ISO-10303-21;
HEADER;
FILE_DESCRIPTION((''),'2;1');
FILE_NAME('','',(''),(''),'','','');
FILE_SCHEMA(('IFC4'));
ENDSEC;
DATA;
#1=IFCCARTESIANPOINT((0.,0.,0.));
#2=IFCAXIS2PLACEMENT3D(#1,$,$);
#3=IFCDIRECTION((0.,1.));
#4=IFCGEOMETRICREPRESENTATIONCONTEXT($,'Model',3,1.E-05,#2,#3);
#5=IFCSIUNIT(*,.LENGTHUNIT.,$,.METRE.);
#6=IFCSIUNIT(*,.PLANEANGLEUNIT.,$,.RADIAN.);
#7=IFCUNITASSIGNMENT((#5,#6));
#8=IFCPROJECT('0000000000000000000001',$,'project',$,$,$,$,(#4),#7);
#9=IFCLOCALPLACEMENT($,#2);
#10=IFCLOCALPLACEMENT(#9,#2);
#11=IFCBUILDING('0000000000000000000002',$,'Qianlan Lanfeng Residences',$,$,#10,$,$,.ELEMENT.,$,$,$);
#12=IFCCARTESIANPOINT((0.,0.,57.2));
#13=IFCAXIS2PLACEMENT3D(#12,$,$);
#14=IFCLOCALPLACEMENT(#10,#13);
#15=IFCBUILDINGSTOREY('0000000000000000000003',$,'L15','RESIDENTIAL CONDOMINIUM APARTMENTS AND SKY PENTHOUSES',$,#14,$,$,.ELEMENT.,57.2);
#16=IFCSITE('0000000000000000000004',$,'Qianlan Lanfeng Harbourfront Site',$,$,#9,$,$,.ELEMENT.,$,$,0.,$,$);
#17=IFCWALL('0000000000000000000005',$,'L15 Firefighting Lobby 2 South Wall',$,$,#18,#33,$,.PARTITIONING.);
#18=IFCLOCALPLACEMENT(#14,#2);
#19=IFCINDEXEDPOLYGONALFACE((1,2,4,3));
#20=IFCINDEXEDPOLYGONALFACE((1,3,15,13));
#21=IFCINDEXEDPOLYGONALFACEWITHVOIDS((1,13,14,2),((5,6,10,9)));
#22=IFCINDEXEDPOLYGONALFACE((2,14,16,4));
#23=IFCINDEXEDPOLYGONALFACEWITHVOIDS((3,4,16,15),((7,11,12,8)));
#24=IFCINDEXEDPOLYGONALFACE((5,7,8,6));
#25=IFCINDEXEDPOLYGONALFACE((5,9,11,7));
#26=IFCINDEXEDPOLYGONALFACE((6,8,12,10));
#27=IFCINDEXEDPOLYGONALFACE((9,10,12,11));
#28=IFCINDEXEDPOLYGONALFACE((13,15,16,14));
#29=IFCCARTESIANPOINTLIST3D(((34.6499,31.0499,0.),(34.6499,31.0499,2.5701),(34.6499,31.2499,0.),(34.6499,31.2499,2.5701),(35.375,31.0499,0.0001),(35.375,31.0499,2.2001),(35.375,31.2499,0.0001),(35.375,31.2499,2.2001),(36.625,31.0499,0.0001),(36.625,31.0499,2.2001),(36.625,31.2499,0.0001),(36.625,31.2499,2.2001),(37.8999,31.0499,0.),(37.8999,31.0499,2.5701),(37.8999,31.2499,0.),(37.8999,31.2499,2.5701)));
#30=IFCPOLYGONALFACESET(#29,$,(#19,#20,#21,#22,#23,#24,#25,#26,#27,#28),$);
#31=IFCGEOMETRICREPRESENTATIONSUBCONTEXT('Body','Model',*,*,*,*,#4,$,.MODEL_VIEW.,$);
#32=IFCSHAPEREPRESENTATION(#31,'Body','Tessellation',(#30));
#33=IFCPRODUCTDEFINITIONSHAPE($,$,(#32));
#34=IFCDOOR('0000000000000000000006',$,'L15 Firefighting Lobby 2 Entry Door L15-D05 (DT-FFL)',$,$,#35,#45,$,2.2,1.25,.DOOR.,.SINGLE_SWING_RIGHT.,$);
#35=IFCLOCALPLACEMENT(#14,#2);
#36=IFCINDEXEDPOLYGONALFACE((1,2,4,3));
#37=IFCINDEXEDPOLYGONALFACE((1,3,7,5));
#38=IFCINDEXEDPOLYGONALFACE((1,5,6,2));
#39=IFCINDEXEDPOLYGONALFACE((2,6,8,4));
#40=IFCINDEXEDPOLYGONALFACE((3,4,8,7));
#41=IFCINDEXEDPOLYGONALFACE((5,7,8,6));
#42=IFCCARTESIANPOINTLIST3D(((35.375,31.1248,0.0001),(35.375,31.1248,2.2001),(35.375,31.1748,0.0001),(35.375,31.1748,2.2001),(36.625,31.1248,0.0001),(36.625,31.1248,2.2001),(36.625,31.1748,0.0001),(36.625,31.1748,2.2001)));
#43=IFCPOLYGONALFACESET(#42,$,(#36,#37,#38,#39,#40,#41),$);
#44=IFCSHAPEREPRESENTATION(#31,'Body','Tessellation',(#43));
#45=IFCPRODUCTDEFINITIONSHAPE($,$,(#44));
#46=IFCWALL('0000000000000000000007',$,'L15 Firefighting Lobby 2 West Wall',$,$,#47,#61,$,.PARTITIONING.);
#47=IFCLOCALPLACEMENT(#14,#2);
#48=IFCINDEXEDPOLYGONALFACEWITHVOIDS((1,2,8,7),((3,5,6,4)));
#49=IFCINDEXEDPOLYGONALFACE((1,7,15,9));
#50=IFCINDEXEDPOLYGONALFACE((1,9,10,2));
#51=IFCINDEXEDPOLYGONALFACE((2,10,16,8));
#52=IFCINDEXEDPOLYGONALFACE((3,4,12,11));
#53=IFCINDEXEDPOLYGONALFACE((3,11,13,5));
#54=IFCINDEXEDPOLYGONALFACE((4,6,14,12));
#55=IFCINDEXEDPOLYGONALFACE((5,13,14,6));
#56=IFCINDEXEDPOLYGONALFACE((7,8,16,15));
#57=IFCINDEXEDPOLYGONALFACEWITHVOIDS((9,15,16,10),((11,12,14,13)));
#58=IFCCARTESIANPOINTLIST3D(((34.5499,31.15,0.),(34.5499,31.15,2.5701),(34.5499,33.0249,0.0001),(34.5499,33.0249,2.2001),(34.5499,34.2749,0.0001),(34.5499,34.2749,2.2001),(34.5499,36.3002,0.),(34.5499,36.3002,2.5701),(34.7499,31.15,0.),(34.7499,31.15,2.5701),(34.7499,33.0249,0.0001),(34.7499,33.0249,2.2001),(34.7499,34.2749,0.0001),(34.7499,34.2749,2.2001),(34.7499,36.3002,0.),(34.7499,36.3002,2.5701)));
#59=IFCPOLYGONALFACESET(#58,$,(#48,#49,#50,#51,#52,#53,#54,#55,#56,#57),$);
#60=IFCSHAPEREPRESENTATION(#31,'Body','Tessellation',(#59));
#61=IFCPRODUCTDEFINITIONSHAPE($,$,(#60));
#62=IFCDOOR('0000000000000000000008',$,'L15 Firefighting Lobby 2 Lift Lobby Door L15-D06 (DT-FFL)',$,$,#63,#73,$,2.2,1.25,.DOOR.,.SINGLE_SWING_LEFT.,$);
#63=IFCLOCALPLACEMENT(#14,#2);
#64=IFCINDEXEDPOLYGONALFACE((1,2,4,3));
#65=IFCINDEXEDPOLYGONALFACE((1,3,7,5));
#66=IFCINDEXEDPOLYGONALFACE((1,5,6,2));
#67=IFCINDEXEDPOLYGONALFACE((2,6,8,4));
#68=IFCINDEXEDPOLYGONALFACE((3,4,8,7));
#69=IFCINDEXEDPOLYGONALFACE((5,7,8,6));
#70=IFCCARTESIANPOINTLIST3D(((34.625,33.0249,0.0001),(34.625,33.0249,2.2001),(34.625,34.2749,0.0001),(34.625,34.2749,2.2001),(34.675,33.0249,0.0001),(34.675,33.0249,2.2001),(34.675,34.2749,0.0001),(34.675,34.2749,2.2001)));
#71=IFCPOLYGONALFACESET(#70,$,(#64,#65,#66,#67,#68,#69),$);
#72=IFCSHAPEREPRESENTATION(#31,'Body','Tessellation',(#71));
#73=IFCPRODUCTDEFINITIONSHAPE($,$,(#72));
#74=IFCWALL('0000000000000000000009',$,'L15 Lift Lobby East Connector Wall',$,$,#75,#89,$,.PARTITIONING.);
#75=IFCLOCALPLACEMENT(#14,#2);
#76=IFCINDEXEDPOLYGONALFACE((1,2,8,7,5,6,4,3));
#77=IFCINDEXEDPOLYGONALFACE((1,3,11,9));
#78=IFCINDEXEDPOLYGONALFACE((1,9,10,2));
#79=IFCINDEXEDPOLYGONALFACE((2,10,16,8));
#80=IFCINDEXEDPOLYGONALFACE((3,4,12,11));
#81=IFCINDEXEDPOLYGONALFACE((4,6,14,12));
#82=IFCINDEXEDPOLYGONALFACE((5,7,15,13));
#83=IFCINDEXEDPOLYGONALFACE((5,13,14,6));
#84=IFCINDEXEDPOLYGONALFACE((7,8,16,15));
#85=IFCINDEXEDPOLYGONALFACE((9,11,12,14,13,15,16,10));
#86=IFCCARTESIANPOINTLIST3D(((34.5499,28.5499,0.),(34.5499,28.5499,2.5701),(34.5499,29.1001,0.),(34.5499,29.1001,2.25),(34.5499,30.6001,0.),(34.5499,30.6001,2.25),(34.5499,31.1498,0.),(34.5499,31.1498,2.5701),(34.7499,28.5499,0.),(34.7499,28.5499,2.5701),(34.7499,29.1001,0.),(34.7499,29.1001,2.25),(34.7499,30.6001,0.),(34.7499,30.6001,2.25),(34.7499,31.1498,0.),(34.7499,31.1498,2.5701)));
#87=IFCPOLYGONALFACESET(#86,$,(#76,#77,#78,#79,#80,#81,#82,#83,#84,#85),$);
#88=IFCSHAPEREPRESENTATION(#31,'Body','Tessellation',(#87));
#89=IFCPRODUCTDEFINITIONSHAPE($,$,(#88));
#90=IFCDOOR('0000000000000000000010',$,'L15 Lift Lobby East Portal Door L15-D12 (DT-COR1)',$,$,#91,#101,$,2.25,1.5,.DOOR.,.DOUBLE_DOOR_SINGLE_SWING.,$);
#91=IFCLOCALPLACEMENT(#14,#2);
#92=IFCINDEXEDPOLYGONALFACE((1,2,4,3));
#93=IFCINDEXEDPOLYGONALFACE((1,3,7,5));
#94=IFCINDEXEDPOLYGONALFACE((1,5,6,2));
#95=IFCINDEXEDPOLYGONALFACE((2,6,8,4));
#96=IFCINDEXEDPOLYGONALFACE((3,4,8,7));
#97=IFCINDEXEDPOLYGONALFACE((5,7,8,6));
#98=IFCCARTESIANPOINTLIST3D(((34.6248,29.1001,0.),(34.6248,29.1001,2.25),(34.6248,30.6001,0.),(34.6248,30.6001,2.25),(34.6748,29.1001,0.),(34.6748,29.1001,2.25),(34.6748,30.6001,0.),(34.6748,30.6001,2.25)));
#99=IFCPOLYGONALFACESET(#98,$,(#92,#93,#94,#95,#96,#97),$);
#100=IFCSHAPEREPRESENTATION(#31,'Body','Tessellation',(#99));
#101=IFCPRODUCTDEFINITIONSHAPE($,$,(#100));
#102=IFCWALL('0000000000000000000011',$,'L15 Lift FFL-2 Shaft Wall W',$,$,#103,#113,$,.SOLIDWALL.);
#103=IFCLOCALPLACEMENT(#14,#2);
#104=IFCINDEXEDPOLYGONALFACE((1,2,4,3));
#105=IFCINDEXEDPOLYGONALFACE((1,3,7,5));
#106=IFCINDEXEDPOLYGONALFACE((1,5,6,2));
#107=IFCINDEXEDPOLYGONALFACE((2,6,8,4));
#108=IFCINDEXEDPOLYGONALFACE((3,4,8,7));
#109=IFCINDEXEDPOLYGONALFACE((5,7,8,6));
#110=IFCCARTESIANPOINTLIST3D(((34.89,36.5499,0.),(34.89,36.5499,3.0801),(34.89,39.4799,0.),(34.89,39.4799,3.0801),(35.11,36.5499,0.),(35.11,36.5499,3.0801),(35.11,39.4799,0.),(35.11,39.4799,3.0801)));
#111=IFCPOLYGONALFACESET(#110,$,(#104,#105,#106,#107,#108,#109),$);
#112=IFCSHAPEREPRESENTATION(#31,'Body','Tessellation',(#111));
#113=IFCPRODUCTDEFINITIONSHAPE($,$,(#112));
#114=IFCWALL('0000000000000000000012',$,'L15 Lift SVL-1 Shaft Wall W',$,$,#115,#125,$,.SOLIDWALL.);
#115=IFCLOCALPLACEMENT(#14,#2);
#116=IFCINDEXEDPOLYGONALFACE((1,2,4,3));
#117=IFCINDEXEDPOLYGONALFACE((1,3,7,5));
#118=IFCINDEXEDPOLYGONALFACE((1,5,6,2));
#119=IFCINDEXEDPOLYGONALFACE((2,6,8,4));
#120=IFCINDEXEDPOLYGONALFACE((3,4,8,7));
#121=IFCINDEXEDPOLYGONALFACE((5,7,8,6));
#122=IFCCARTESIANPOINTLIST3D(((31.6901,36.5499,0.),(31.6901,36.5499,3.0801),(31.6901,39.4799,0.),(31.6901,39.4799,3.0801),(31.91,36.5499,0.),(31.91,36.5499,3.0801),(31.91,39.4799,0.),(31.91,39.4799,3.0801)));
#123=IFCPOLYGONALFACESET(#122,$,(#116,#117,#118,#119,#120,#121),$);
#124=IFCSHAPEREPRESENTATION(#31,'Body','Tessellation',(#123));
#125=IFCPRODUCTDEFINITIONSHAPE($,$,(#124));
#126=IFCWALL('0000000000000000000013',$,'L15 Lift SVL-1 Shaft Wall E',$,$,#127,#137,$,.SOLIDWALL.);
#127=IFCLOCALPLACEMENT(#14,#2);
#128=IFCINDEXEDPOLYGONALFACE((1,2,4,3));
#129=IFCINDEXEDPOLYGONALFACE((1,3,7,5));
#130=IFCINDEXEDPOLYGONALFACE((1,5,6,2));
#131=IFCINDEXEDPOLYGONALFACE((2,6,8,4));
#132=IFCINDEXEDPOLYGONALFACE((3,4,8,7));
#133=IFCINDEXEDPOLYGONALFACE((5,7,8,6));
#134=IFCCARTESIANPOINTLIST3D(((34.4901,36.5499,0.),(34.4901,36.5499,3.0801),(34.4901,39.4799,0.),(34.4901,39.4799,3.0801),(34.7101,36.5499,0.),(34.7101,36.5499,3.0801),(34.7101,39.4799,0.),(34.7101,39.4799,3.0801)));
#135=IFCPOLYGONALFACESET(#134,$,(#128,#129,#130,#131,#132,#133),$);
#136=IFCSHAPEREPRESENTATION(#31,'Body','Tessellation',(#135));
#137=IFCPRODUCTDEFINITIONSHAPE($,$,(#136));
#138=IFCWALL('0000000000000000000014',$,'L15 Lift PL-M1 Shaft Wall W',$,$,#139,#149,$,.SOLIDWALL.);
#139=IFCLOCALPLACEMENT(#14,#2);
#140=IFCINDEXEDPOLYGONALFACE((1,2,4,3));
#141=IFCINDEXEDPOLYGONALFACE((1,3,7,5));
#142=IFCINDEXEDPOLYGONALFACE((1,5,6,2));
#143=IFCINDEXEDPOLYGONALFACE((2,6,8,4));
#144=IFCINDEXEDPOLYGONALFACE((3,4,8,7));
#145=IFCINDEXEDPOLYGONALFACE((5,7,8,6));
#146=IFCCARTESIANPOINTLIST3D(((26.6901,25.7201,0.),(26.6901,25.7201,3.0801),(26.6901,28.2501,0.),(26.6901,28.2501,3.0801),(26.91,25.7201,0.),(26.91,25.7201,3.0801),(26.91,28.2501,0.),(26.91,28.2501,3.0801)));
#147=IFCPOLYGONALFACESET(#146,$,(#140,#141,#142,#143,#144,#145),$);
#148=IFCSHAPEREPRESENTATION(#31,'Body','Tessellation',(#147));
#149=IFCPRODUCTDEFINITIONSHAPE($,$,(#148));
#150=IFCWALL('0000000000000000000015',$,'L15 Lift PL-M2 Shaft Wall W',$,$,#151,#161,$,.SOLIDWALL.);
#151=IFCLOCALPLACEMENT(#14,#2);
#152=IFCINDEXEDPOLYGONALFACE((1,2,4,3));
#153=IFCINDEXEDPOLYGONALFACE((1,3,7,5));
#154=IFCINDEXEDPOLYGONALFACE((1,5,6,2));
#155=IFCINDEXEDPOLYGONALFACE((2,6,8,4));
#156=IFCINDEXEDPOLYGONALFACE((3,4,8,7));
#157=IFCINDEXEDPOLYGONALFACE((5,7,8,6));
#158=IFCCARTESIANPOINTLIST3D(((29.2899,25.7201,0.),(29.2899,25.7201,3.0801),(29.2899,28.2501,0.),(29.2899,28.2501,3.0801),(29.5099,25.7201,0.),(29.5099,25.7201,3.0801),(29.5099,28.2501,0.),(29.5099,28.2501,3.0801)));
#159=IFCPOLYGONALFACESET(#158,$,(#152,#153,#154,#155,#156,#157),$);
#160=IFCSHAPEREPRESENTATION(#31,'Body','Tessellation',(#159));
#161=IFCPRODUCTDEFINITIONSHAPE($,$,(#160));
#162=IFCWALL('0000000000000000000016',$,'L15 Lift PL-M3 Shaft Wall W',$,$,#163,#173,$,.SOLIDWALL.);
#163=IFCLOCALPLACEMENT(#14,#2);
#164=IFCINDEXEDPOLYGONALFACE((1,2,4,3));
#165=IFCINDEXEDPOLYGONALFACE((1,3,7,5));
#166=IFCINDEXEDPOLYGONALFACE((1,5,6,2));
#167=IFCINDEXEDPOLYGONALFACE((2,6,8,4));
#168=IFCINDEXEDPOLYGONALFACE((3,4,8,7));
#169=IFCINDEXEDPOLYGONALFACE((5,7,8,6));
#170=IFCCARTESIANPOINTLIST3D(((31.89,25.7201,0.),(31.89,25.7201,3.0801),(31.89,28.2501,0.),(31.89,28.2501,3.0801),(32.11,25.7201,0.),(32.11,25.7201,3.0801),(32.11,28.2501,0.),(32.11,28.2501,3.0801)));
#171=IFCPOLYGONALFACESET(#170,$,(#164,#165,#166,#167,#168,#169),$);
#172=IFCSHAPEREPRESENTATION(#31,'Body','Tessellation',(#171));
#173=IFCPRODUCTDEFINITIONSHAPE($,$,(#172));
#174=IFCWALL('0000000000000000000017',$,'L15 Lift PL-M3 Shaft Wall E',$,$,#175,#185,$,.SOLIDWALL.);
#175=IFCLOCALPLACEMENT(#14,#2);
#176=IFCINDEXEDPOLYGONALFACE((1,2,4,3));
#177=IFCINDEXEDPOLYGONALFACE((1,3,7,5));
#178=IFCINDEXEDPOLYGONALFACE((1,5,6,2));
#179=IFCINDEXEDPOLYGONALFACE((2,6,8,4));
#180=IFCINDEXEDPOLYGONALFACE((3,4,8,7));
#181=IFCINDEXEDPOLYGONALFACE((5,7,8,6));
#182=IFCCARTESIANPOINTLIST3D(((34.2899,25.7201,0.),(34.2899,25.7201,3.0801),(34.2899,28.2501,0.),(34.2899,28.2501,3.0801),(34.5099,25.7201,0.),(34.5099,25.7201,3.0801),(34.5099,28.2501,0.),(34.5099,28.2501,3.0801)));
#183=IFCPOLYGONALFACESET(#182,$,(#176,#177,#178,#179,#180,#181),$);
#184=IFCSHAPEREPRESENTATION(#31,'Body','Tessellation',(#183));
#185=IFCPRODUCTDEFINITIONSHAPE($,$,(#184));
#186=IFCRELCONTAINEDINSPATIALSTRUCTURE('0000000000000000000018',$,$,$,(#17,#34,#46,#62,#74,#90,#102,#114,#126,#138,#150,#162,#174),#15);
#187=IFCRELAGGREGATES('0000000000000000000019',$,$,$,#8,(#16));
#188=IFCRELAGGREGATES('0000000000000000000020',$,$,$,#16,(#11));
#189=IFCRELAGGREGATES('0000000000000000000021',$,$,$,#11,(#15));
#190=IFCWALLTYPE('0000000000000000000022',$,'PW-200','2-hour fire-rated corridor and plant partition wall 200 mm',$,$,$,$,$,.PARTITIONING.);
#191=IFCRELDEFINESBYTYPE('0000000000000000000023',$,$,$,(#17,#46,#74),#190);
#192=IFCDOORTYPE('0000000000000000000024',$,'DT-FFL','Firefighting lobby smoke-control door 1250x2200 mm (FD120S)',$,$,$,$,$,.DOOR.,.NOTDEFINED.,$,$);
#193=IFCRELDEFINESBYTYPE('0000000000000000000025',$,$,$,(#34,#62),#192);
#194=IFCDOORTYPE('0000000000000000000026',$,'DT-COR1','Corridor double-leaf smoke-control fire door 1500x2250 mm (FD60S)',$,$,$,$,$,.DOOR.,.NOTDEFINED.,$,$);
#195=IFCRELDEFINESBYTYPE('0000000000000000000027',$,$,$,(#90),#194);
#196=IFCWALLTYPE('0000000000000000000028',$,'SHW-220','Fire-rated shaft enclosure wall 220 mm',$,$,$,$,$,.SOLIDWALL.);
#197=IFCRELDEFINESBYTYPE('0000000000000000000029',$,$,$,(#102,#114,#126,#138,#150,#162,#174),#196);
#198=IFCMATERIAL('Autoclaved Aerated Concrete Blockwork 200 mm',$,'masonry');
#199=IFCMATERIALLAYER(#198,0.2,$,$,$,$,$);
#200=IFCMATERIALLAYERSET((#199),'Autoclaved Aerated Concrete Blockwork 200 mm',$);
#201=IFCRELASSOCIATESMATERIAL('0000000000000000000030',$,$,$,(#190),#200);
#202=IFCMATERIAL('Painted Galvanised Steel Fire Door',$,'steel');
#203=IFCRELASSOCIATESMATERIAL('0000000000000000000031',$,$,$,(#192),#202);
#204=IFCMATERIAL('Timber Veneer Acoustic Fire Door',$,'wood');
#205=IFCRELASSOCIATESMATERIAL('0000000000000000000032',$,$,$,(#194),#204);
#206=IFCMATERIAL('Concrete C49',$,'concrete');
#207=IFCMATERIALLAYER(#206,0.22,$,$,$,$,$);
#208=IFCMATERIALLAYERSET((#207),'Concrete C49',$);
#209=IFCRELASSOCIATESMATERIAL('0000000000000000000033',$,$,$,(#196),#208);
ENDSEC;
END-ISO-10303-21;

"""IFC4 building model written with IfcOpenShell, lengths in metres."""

from ifc_helpers import new_model, si_unit, direction, frame, frame_2d, origin, place, context, subcontext, project, spatial, rectangle, extrude, material, layer, layer_set, type_object, element, fill, save


model = new_model("IFC4")

# Units and contexts
model_context = context("Model", 3, precision=1e-05, world=origin(), true_north=direction((0.0, 1.0)))
body_context = subcontext(model_context, "Body", "Model", "MODEL_VIEW")
ifc_project = project(units=[si_unit("LENGTHUNIT", "METRE"), si_unit("PLANEANGLEUNIT", "RADIAN")], contexts=[model_context])

# Site, building, storey
site_placement = place(None, origin())
site = spatial("IfcSite", under=ifc_project, at=site_placement, Name="Qianlan Lanfeng Harbourfront Site", CompositionType="ELEMENT", RefElevation=0.0)
building_placement = place(site_placement, origin())
building = spatial("IfcBuilding", under=site, at=building_placement, Name="Qianlan Lanfeng Residences", CompositionType="ELEMENT")
storey_placement = place(building_placement, frame((0.0, 0.0, 57.2)))
storey = spatial("IfcBuildingStorey", under=building, at=storey_placement, Name="L15", Description="RESIDENTIAL CONDOMINIUM APARTMENTS AND SKY PENTHOUSES", CompositionType="ELEMENT", Elevation=57.2)

# Walls, openings, doors
ifc_material_1 = material(Name="Autoclaved Aerated Concrete Blockwork 200 mm", Category="masonry")
ifc_layer_1 = layer(ifc_material_1, 0.2)
ifc_layer_set_1 = layer_set([ifc_layer_1], Name="Autoclaved Aerated Concrete Blockwork 200 mm")
wall_type_1 = type_object("IfcWallType", Name="PW-200", Description="2-hour fire-rated corridor and plant partition wall 200 mm", PredefinedType="PARTITIONING", material=ifc_layer_set_1)
wall_1_placement = place(storey_placement, frame((34.6499, 31.1499, 0.0), z_axis=(0.0, 0.0, 1.0), x_axis=(1.0, 0.0, 0.0)))
wall_1 = element("IfcWall", 1, at=wall_1_placement, inside=storey, type_object=wall_type_1, Name="L15 Firefighting Lobby 2 South Wall", PredefinedType="PARTITIONING", context=body_context, shape_type="SweptSolid", body=[
    extrude(rectangle(XDim=3.25, YDim=0.2, at=frame_2d((1.625, 0.0))), origin(), (0.0, 0.0, 1.0), 2.5701),
])
opening_1_placement = place(wall_1_placement, frame((0.7251, 0.0, 0.0)))
opening_1 = element("IfcOpeningElement", 2, at=opening_1_placement, cuts=wall_1, PredefinedType="OPENING", context=body_context, shape_type="SweptSolid", body=[
    extrude(rectangle(XDim=1.25, YDim=2.2, at=frame_2d((0.625, 1.1001))), frame((0.0, 0.1099, 0.0), z_axis=(0.0, -1.0, 0.0), x_axis=(1.0, 0.0, 0.0)), (0.0, 0.0, 1.0), 0.22),
])
ifc_material_2 = material(Name="Painted Galvanised Steel Fire Door", Category="steel")
door_type_1 = type_object("IfcDoorType", Name="DT-FFL", Description="Firefighting lobby smoke-control door 1250x2200 mm (FD120S)", OperationType="NOTDEFINED", PredefinedType="DOOR", material=ifc_material_2)
door_1_placement = place(opening_1_placement, origin())
door_1 = element("IfcDoor", 3, at=door_1_placement, inside=storey, type_object=door_type_1, Name="L15 Firefighting Lobby 2 Entry Door L15-D05 (DT-FFL)", OperationType="SINGLE_SWING_RIGHT", OverallHeight=2.2, OverallWidth=1.25, PredefinedType="DOOR", context=body_context, shape_type="SweptSolid", body=[
    extrude(rectangle(XDim=1.25, YDim=2.2, at=frame_2d((0.625, 1.1001))), frame((0.0, 0.0249, 0.0), z_axis=(0.0, -1.0, 0.0), x_axis=(1.0, 0.0, 0.0)), (0.0, 0.0, 1.0), 0.05),
])
fill(opening_1, door_1)
wall_2_placement = place(storey_placement, frame((34.6499, 31.1499, 0.0), z_axis=(0.0, 0.0, 1.0), x_axis=(0.0, 1.0, 0.0)))
wall_2 = element("IfcWall", 4, at=wall_2_placement, inside=storey, type_object=wall_type_1, Name="L15 Firefighting Lobby 2 West Wall", PredefinedType="PARTITIONING", context=body_context, shape_type="SweptSolid", body=[
    extrude(rectangle(XDim=5.1501, YDim=0.2, at=frame_2d((2.5752, 0.0))), origin(), (0.0, 0.0, 1.0), 2.5701),
])
opening_2_placement = place(wall_2_placement, frame((1.875, 0.0, 0.0)))
opening_2 = element("IfcOpeningElement", 5, at=opening_2_placement, cuts=wall_2, PredefinedType="OPENING", context=body_context, shape_type="SweptSolid", body=[
    extrude(rectangle(XDim=1.25, YDim=2.2, at=frame_2d((0.625, 1.1001))), frame((0.0, 0.1099, 0.0), z_axis=(0.0, -1.0, 0.0), x_axis=(1.0, 0.0, 0.0)), (0.0, 0.0, 1.0), 0.22),
])
door_2_placement = place(opening_2_placement, origin())
door_2 = element("IfcDoor", 6, at=door_2_placement, inside=storey, type_object=door_type_1, Name="L15 Firefighting Lobby 2 Lift Lobby Door L15-D06 (DT-FFL)", OperationType="SINGLE_SWING_LEFT", OverallHeight=2.2, OverallWidth=1.25, PredefinedType="DOOR", context=body_context, shape_type="SweptSolid", body=[
    extrude(rectangle(XDim=1.25, YDim=2.2, at=frame_2d((0.625, 1.1001))), frame((0.0, 0.0249, 0.0), z_axis=(0.0, -1.0, 0.0), x_axis=(1.0, 0.0, 0.0)), (0.0, 0.0, 1.0), 0.05),
])
fill(opening_2, door_2)
wall_3_placement = place(storey_placement, frame((34.6499, 28.55, 0.0), z_axis=(0.0, 0.0, 1.0), x_axis=(0.0, 1.0, 0.0)))
wall_3 = element("IfcWall", 7, at=wall_3_placement, inside=storey, type_object=wall_type_1, Name="L15 Lift Lobby East Connector Wall", PredefinedType="PARTITIONING", context=body_context, shape_type="SweptSolid", body=[
    extrude(rectangle(XDim=2.5999, YDim=0.2, at=frame_2d((1.2998, 0.0))), origin(), (0.0, 0.0, 1.0), 2.5701),
])
opening_3_placement = place(wall_3_placement, frame((0.55, 0.0, 0.0)))
opening_3 = element("IfcOpeningElement", 8, at=opening_3_placement, cuts=wall_3, PredefinedType="OPENING", context=body_context, shape_type="SweptSolid", body=[
    extrude(rectangle(XDim=1.5, YDim=2.25, at=frame_2d((0.75, 1.125))), frame((0.0, 0.1099, 0.0), z_axis=(0.0, -1.0, 0.0), x_axis=(1.0, 0.0, 0.0)), (0.0, 0.0, 1.0), 0.22),
])
ifc_material_3 = material(Name="Timber Veneer Acoustic Fire Door", Category="wood")
door_type_2 = type_object("IfcDoorType", Name="DT-COR1", Description="Corridor double-leaf smoke-control fire door 1500x2250 mm (FD60S)", OperationType="NOTDEFINED", PredefinedType="DOOR", material=ifc_material_3)
door_3_placement = place(opening_3_placement, frame((1.5, 0.0, 0.0), z_axis=(0.0, 0.0, 1.0), x_axis=(-1.0, 0.0, 0.0)))
door_3 = element("IfcDoor", 9, at=door_3_placement, inside=storey, type_object=door_type_2, Name="L15 Lift Lobby East Portal Door L15-D12 (DT-COR1)", OperationType="DOUBLE_DOOR_SINGLE_SWING", OverallHeight=2.25, OverallWidth=1.5, PredefinedType="DOOR", context=body_context, shape_type="SweptSolid", body=[
    extrude(rectangle(XDim=1.5, YDim=2.25, at=frame_2d((0.75, 1.125))), frame((0.0, 0.0249, 0.0), z_axis=(0.0, -1.0, 0.0), x_axis=(1.0, 0.0, 0.0)), (0.0, 0.0, 1.0), 0.05),
])
fill(opening_3, door_3)

# Walls
ifc_material_4 = material(Name="Concrete C49", Category="concrete")
ifc_layer_2 = layer(ifc_material_4, 0.22)
ifc_layer_set_2 = layer_set([ifc_layer_2], Name="Concrete C49")
wall_type_2 = type_object("IfcWallType", Name="SHW-220", Description="Fire-rated shaft enclosure wall 220 mm", PredefinedType="SOLIDWALL", material=ifc_layer_set_2)
for number, where, z_axis, x_axis, name in (
    (10, (35.0, 36.55, 0.0), (0.0, 0.0, 1.0), (0.0, 1.0, 0.0), "L15 Lift FFL-2 Shaft Wall W"),
    (11, (31.8, 36.55, 0.0), (0.0, 0.0, 1.0), (0.0, 1.0, 0.0), "L15 Lift SVL-1 Shaft Wall W"),
    (12, (34.6001, 36.55, 0.0), (0.0, 0.0, 1.0), (0.0, 1.0, 0.0), "L15 Lift SVL-1 Shaft Wall E"),
):
    element("IfcWall", number, at=place(storey_placement, frame(where, z_axis=z_axis, x_axis=x_axis)), inside=storey, type_object=wall_type_2, Name=name, PredefinedType="SOLIDWALL", context=body_context, shape_type="SweptSolid", body=[
        extrude(rectangle(XDim=2.9299, YDim=0.22, at=frame_2d((1.4648, 0.0))), origin(), (0.0, 0.0, 1.0), 3.0801),
    ])
for number, where, z_axis, x_axis, name in (
    (13, (26.8, 25.72, 0.0), (0.0, 0.0, 1.0), (0.0, 1.0, 0.0), "L15 Lift PL-M1 Shaft Wall W"),
    (14, (29.3999, 25.72, 0.0), (0.0, 0.0, 1.0), (0.0, 1.0, 0.0), "L15 Lift PL-M2 Shaft Wall W"),
    (15, (32.0, 25.72, 0.0), (0.0, 0.0, 1.0), (0.0, 1.0, 0.0), "L15 Lift PL-M3 Shaft Wall W"),
    (16, (34.3999, 25.72, 0.0), (0.0, 0.0, 1.0), (0.0, 1.0, 0.0), "L15 Lift PL-M3 Shaft Wall E"),
):
    element("IfcWall", number, at=place(storey_placement, frame(where, z_axis=z_axis, x_axis=x_axis)), inside=storey, type_object=wall_type_2, Name=name, PredefinedType="SOLIDWALL", context=body_context, shape_type="SweptSolid", body=[
        extrude(rectangle(XDim=2.53, YDim=0.22, at=frame_2d((1.2651, 0.0))), origin(), (0.0, 0.0, 1.0), 3.0801),
    ])

save(model, "model.ifc")
